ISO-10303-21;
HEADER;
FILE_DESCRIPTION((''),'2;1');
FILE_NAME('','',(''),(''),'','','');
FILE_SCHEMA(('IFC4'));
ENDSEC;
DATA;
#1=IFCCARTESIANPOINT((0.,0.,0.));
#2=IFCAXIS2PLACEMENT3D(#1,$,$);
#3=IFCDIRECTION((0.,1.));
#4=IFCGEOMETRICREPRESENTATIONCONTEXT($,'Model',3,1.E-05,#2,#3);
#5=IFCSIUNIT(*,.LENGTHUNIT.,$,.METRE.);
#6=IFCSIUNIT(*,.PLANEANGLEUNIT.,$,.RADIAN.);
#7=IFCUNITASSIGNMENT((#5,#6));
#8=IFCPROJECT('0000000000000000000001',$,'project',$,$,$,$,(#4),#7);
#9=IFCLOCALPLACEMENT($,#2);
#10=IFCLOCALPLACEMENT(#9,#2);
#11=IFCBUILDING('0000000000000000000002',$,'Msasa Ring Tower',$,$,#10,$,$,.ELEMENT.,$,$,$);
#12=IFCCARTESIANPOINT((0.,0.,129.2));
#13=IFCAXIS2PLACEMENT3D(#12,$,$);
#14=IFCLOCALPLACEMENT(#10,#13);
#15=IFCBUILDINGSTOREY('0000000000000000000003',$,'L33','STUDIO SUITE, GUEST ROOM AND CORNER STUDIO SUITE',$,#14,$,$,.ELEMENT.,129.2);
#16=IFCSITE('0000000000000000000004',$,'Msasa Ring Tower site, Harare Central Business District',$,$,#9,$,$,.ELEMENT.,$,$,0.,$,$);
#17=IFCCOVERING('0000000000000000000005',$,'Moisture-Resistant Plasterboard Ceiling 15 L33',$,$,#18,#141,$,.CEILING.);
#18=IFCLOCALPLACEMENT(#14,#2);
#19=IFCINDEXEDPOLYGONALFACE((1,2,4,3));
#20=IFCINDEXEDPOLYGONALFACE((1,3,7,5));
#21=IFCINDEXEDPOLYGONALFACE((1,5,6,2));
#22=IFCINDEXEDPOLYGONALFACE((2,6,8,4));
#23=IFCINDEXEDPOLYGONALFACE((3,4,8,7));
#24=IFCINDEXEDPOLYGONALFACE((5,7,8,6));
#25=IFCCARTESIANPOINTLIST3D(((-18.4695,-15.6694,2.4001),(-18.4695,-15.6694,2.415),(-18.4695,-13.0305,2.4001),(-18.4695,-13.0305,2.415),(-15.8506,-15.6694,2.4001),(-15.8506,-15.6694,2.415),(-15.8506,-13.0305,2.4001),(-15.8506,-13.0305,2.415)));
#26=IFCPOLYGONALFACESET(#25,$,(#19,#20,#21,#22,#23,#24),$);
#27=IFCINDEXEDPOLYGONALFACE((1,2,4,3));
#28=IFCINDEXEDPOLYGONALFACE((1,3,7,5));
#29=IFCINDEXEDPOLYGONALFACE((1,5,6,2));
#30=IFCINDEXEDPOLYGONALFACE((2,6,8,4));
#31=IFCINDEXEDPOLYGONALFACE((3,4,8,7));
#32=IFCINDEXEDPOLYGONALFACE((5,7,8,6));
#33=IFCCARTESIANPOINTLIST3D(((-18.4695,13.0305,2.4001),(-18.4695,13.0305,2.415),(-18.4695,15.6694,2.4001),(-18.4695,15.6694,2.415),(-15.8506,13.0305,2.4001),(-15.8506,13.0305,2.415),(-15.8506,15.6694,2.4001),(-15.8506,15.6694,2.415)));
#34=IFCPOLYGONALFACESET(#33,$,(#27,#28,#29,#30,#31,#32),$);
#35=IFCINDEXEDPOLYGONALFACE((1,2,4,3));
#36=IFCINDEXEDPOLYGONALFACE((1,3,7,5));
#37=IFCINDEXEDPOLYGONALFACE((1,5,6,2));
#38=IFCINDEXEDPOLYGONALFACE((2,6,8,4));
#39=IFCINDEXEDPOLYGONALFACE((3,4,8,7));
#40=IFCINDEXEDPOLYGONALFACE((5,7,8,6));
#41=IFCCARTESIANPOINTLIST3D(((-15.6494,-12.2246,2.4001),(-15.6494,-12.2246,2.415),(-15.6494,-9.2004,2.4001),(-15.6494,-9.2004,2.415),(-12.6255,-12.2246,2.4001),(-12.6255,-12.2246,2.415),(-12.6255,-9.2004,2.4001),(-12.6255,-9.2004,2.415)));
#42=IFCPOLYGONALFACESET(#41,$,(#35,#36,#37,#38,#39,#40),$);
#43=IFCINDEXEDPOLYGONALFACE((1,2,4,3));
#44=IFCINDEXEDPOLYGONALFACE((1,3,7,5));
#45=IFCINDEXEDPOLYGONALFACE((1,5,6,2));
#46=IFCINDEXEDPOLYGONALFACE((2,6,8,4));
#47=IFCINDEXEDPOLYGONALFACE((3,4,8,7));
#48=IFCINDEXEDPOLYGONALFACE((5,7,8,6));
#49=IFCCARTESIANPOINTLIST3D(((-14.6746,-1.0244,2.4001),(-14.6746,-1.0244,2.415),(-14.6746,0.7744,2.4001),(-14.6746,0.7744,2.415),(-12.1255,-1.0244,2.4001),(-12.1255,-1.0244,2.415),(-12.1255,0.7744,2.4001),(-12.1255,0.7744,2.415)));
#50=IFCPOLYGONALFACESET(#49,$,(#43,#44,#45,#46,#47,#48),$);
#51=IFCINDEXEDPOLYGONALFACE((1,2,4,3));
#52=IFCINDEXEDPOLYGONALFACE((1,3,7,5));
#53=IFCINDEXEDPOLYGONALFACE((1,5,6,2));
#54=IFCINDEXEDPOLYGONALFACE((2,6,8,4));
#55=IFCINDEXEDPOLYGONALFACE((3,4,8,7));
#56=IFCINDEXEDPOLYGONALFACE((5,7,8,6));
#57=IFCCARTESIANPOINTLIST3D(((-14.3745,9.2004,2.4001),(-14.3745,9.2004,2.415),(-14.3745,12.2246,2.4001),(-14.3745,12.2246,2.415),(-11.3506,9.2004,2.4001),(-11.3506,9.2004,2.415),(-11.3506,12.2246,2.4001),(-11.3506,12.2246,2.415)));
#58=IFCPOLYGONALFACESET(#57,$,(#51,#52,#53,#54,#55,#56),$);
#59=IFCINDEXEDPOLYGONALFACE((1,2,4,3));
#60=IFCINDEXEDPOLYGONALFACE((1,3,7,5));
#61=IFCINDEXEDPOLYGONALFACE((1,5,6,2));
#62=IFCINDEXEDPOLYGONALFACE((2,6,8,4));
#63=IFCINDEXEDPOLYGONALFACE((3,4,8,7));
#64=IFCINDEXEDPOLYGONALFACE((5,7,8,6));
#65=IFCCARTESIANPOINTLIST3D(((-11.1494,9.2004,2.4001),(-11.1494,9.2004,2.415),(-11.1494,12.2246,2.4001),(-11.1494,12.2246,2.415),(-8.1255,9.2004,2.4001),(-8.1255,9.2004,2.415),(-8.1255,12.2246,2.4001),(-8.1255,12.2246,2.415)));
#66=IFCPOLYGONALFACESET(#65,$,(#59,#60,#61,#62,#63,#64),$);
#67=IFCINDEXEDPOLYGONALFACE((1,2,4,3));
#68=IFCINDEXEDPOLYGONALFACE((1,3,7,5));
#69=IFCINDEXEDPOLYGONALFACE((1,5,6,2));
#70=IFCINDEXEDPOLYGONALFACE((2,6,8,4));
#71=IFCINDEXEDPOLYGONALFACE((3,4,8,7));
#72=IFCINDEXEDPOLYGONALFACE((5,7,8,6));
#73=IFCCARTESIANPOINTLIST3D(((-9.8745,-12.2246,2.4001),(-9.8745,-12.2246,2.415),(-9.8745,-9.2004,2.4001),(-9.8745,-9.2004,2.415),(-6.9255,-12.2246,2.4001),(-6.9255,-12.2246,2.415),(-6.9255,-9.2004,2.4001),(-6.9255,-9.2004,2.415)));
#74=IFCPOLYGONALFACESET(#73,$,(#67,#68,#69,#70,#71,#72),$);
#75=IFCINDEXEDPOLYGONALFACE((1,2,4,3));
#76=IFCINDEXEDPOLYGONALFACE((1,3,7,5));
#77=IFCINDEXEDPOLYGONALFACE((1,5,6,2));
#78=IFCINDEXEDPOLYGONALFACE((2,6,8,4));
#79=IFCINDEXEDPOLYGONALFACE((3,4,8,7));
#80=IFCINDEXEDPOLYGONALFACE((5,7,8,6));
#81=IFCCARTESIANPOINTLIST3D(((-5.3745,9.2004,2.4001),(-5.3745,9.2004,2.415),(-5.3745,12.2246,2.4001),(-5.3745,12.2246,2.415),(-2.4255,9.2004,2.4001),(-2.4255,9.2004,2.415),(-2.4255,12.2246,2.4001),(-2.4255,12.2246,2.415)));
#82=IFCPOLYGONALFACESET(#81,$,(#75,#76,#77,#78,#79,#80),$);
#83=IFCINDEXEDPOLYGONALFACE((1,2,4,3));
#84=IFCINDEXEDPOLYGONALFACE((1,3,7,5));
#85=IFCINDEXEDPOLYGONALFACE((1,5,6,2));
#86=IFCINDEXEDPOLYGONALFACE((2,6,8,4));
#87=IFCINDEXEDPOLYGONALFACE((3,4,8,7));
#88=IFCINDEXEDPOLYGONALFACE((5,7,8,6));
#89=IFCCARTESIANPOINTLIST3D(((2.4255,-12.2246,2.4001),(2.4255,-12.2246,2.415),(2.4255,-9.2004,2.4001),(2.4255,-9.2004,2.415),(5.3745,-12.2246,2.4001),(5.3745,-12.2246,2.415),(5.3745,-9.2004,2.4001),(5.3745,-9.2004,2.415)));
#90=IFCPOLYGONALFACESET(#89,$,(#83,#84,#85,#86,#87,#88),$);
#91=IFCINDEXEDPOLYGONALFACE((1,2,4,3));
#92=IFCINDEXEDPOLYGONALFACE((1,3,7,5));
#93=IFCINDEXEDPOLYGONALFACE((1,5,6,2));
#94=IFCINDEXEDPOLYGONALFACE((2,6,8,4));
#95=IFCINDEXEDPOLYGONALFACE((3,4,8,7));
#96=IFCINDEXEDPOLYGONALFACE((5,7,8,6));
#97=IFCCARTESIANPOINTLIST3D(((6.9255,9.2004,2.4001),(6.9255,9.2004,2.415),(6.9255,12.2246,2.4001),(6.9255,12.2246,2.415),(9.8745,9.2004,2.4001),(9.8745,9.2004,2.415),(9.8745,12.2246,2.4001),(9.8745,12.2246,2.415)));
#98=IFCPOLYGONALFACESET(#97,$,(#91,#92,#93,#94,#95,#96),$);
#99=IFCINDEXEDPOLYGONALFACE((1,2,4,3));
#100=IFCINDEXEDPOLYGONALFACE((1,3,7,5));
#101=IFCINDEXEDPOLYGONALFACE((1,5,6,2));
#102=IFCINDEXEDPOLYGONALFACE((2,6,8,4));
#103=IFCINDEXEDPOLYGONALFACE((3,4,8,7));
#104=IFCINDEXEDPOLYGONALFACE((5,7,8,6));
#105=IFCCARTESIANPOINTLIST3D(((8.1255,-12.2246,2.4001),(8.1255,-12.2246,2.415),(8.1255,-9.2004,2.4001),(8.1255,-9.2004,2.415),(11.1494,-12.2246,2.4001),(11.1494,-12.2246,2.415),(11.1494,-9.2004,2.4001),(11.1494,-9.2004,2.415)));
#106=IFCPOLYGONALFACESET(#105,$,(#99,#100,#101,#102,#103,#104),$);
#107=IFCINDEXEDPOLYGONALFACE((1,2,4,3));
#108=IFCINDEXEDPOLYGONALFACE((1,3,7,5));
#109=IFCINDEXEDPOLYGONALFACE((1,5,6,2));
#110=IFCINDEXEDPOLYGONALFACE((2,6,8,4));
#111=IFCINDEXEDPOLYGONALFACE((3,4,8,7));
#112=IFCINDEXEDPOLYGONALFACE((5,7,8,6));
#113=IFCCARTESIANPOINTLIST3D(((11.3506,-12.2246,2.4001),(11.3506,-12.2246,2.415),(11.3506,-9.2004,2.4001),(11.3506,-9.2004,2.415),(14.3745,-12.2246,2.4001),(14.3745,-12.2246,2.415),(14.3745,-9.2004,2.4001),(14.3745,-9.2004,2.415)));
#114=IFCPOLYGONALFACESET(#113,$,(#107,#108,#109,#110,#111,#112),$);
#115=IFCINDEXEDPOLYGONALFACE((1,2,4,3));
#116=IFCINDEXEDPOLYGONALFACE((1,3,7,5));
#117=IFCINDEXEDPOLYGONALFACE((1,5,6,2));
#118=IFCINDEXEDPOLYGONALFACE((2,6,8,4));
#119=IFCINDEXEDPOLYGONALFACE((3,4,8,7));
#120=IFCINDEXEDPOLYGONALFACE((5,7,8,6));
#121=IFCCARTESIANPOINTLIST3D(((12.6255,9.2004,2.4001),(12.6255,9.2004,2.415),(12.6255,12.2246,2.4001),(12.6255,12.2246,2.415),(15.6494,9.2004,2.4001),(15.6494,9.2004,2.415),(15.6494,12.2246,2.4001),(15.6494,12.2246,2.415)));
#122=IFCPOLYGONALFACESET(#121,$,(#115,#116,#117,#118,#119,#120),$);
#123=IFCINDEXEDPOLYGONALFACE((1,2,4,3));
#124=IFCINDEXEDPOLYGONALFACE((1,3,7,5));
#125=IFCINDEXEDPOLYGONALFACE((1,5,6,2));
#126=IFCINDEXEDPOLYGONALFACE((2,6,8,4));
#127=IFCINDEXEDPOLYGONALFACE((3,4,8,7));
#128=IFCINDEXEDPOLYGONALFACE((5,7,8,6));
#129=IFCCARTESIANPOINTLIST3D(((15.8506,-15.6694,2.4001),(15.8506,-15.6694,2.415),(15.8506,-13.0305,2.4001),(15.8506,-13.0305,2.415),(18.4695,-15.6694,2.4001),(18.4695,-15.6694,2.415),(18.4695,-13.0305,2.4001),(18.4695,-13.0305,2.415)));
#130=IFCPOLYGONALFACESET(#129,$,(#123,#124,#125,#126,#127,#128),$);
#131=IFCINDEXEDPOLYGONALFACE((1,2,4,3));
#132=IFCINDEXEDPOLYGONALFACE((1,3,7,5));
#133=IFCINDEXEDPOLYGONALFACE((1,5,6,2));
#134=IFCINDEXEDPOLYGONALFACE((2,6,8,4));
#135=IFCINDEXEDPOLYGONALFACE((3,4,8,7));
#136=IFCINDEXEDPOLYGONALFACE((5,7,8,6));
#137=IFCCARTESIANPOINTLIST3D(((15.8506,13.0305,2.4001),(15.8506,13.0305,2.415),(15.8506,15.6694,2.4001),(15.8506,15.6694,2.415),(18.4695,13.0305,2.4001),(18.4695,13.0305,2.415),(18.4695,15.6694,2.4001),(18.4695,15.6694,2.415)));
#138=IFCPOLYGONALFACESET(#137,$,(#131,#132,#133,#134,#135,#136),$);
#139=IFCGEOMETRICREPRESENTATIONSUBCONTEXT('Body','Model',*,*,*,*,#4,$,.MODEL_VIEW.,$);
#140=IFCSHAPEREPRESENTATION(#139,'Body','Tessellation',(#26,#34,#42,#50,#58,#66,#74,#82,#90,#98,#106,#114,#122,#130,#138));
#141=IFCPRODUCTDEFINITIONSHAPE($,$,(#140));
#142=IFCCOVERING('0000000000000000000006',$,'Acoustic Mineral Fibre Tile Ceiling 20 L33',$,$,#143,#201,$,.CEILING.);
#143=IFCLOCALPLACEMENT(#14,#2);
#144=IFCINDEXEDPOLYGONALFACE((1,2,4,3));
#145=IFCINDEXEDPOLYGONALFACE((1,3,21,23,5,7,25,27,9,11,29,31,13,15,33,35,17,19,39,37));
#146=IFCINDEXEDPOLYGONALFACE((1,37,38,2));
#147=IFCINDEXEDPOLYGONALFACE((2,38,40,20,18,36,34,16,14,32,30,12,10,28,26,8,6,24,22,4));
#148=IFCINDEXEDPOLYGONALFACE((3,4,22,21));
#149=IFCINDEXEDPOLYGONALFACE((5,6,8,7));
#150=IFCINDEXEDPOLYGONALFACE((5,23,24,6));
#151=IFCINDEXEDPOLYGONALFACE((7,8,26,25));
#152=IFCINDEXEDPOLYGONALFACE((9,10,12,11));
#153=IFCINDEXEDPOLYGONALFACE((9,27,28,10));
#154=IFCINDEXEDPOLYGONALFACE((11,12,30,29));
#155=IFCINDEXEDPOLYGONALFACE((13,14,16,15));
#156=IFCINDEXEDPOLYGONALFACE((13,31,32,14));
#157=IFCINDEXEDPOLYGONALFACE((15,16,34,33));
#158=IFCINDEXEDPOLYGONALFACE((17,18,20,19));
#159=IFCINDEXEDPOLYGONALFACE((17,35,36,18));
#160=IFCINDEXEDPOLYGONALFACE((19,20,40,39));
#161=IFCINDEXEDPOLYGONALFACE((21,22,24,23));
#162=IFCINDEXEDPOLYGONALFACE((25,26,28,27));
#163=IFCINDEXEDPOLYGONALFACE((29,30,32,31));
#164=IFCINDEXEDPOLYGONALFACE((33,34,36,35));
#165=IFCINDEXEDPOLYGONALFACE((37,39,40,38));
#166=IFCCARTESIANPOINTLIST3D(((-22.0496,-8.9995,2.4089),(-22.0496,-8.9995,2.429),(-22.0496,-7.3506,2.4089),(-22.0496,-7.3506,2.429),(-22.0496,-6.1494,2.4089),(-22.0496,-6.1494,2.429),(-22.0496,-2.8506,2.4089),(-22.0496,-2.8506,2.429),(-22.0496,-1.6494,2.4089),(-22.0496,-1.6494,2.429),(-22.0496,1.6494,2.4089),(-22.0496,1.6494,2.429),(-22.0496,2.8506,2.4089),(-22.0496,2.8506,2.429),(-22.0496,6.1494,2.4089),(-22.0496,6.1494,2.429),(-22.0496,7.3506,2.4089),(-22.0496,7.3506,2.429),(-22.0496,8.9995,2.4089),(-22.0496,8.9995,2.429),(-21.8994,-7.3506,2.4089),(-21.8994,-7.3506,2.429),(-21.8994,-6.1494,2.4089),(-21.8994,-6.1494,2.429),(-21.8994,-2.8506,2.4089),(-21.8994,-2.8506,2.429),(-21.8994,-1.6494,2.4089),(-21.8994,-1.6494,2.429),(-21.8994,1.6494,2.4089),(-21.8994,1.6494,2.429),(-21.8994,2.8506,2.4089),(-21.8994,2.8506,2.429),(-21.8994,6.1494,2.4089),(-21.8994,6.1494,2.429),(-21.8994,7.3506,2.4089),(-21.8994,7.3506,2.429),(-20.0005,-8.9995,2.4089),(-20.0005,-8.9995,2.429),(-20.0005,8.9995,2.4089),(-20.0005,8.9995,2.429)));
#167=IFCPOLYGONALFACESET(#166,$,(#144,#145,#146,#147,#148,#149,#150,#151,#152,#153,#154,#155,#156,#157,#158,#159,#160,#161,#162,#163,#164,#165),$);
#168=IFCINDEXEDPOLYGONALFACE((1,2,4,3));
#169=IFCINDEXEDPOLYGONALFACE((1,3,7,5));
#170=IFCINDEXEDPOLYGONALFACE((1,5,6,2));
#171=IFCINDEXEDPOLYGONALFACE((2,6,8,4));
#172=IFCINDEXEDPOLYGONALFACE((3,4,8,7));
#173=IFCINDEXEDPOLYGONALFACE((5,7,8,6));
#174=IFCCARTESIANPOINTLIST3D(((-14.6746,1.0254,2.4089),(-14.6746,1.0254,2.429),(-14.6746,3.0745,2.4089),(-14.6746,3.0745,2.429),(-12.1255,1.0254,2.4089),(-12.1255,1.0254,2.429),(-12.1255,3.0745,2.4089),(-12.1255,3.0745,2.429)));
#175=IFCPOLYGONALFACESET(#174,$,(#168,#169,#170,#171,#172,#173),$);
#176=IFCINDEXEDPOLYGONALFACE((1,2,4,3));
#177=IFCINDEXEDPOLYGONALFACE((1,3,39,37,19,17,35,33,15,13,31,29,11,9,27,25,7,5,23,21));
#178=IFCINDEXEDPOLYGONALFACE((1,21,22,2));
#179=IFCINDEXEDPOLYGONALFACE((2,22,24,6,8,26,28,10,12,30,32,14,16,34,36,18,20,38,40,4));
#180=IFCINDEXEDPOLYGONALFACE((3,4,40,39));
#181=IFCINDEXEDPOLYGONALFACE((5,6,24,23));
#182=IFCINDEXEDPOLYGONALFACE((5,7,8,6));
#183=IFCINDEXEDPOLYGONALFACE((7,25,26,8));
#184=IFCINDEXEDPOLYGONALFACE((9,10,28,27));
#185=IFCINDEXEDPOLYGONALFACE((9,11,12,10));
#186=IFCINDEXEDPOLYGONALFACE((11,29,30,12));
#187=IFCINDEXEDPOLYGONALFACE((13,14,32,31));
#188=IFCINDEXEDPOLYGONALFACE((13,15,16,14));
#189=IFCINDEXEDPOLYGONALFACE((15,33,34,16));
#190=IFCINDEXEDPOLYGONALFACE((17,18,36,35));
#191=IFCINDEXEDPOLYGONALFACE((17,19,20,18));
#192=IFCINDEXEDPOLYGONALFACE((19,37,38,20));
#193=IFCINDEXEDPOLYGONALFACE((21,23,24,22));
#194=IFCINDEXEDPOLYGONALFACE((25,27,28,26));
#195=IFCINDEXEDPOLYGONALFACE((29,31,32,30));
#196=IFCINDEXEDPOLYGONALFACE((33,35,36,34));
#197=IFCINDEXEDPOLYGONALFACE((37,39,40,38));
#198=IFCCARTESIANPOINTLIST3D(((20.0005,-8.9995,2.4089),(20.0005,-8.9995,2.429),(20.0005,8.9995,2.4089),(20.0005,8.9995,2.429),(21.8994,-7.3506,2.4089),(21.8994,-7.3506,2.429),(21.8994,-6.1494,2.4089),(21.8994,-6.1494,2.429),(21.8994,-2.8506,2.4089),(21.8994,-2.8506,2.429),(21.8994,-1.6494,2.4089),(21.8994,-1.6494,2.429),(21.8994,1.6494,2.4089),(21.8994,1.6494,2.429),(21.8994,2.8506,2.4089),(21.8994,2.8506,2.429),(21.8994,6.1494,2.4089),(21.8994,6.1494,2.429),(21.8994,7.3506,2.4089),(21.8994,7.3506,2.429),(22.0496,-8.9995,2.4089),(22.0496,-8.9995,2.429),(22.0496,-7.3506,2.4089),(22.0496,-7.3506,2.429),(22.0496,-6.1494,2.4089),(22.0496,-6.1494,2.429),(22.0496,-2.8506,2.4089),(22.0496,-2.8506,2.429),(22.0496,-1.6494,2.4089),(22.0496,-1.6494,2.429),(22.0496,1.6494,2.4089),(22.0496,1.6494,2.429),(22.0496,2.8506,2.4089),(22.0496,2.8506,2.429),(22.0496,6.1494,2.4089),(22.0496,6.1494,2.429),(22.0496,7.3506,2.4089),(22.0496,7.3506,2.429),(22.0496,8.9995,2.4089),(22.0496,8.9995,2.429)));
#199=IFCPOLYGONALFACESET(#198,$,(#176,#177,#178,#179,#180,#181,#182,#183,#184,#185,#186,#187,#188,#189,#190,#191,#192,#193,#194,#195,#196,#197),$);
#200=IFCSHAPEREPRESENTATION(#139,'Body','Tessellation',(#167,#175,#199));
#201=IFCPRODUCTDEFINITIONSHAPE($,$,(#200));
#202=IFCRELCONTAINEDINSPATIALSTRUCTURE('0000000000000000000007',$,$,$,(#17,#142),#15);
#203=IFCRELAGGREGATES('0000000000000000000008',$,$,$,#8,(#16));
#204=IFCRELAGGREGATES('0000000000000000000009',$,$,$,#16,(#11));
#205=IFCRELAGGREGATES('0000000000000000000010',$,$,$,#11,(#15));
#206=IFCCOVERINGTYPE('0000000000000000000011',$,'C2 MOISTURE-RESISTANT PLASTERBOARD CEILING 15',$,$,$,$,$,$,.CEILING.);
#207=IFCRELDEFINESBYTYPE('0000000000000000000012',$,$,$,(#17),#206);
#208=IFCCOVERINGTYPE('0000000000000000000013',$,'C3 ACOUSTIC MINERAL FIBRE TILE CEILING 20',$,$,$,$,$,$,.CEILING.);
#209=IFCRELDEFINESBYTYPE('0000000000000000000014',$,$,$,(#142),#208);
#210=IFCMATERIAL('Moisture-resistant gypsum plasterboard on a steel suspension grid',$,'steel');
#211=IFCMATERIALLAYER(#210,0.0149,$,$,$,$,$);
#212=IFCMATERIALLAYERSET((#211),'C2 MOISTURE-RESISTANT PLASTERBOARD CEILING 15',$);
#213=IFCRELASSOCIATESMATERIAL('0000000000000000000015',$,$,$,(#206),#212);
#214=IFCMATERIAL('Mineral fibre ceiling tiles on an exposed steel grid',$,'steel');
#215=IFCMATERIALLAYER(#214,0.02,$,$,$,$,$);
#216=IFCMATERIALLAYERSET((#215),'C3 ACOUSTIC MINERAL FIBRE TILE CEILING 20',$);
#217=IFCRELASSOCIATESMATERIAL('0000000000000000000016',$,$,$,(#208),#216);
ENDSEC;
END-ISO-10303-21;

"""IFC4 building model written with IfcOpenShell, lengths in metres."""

from ifc_helpers import new_model, si_unit, direction, frame, origin, place, context, subcontext, project, spatial, line, indexed_curve, outline, extrude, material, layer, layer_set, type_object, element, save


model = new_model("IFC4")

# Units and contexts
model_context = context("Model", 3, precision=1e-05, world=origin(), true_north=direction((0.0, 1.0)))
body_context = subcontext(model_context, "Body", "Model", "MODEL_VIEW")
ifc_project = project(units=[si_unit("LENGTHUNIT", "METRE"), si_unit("PLANEANGLEUNIT", "RADIAN")], contexts=[model_context])

# Site, building, storey
site_placement = place(None, origin())
site = spatial("IfcSite", under=ifc_project, at=site_placement, Name="Msasa Ring Tower site, Harare Central Business District", CompositionType="ELEMENT", RefElevation=0.0)
building_placement = place(site_placement, origin())
building = spatial("IfcBuilding", under=site, at=building_placement, Name="Msasa Ring Tower", CompositionType="ELEMENT")
storey_placement = place(building_placement, frame((0.0, 0.0, 129.2)))
storey = spatial("IfcBuildingStorey", under=building, at=storey_placement, Name="L33", Description="STUDIO SUITE, GUEST ROOM AND CORNER STUDIO SUITE", CompositionType="ELEMENT", Elevation=129.2)

# Coverings
ifc_material_1 = material(Name="Moisture-resistant gypsum plasterboard on a steel suspension grid", Category="steel")
ifc_layer_1 = layer(ifc_material_1, 0.0149)
ifc_layer_set_1 = layer_set([ifc_layer_1], Name="C2 MOISTURE-RESISTANT PLASTERBOARD CEILING 15")
covering_type_1 = type_object("IfcCoveringType", Name="C2 MOISTURE-RESISTANT PLASTERBOARD CEILING 15", PredefinedType="CEILING", material=ifc_layer_set_1)
covering_1_placement = place(storey_placement, frame((0.0, 0.0, 2.4001)))
element("IfcCovering", 1, at=covering_1_placement, inside=storey, type_object=covering_type_1, Name="Moisture-Resistant Plasterboard Ceiling 15 L33", PredefinedType="CEILING", context=body_context, shape_type="SweptSolid", body=[
    extrude(outline(indexed_curve([(-18.4695, -15.6694), (-18.4695, -13.0305), (-15.8506, -13.0305), (-15.8506, -15.6694)], segments=[line(1, 2, 3, 4, 1)], self_intersect=False)), origin(), (0.0, 0.0, 1.0), 0.0149),
    extrude(outline(indexed_curve([(-18.4695, 15.6694), (-15.8506, 15.6694), (-15.8506, 13.0305), (-18.4695, 13.0305)], segments=[line(1, 2, 3, 4, 1)], self_intersect=False)), origin(), (0.0, 0.0, 1.0), 0.0149),
    extrude(outline(indexed_curve([(-15.6494, -9.2004), (-12.6255, -9.2004), (-12.6255, -12.2246), (-15.6494, -12.2246)], segments=[line(1, 2, 3, 4, 1)], self_intersect=False)), origin(), (0.0, 0.0, 1.0), 0.0149),
    extrude(outline(indexed_curve([(-14.6746, 0.7744), (-12.1255, 0.7744), (-12.1255, -1.0244), (-14.6746, -1.0244)], segments=[line(1, 2, 3, 4, 1)], self_intersect=False)), origin(), (0.0, 0.0, 1.0), 0.0149),
    extrude(outline(indexed_curve([(-11.3506, 9.2004), (-14.3745, 9.2004), (-14.3745, 12.2246), (-11.3506, 12.2246)], segments=[line(1, 2, 3, 4, 1)], self_intersect=False)), origin(), (0.0, 0.0, 1.0), 0.0149),
    extrude(outline(indexed_curve([(-11.1494, 12.2246), (-8.1255, 12.2246), (-8.1255, 9.2004), (-11.1494, 9.2004)], segments=[line(1, 2, 3, 4, 1)], self_intersect=False)), origin(), (0.0, 0.0, 1.0), 0.0149),
    extrude(outline(indexed_curve([(-6.9255, -9.2004), (-6.9255, -12.2246), (-9.8745, -12.2246), (-9.8745, -9.2004)], segments=[line(1, 2, 3, 4, 1)], self_intersect=False)), origin(), (0.0, 0.0, 1.0), 0.0149),
    extrude(outline(indexed_curve([(-5.3745, 9.2004), (-5.3745, 12.2246), (-2.4255, 12.2246), (-2.4255, 9.2004)], segments=[line(1, 2, 3, 4, 1)], self_intersect=False)), origin(), (0.0, 0.0, 1.0), 0.0149),
    extrude(outline(indexed_curve([(5.3745, -9.2004), (5.3745, -12.2246), (2.4255, -12.2246), (2.4255, -9.2004)], segments=[line(1, 2, 3, 4, 1)], self_intersect=False)), origin(), (0.0, 0.0, 1.0), 0.0149),
    extrude(outline(indexed_curve([(6.9255, 9.2004), (6.9255, 12.2246), (9.8745, 12.2246), (9.8745, 9.2004)], segments=[line(1, 2, 3, 4, 1)], self_intersect=False)), origin(), (0.0, 0.0, 1.0), 0.0149),
    extrude(outline(indexed_curve([(11.1494, -9.2004), (11.1494, -12.2246), (8.1255, -12.2246), (8.1255, -9.2004)], segments=[line(1, 2, 3, 4, 1)], self_intersect=False)), origin(), (0.0, 0.0, 1.0), 0.0149),
    extrude(outline(indexed_curve([(11.3506, -9.2004), (14.3745, -9.2004), (14.3745, -12.2246), (11.3506, -12.2246)], segments=[line(1, 2, 3, 4, 1)], self_intersect=False)), origin(), (0.0, 0.0, 1.0), 0.0149),
    extrude(outline(indexed_curve([(15.6494, 9.2004), (12.6255, 9.2004), (12.6255, 12.2246), (15.6494, 12.2246)], segments=[line(1, 2, 3, 4, 1)], self_intersect=False)), origin(), (0.0, 0.0, 1.0), 0.0149),
    extrude(outline(indexed_curve([(15.8506, -13.0305), (18.4695, -13.0305), (18.4695, -15.6694), (15.8506, -15.6694)], segments=[line(1, 2, 3, 4, 1)], self_intersect=False)), origin(), (0.0, 0.0, 1.0), 0.0149),
    extrude(outline(indexed_curve([(15.8506, 15.6694), (18.4695, 15.6694), (18.4695, 13.0305), (15.8506, 13.0305)], segments=[line(1, 2, 3, 4, 1)], self_intersect=False)), origin(), (0.0, 0.0, 1.0), 0.0149),
])
ifc_material_2 = material(Name="Mineral fibre ceiling tiles on an exposed steel grid", Category="steel")
ifc_layer_2 = layer(ifc_material_2, 0.02)
ifc_layer_set_2 = layer_set([ifc_layer_2], Name="C3 ACOUSTIC MINERAL FIBRE TILE CEILING 20")
covering_type_2 = type_object("IfcCoveringType", Name="C3 ACOUSTIC MINERAL FIBRE TILE CEILING 20", PredefinedType="CEILING", material=ifc_layer_set_2)
covering_2_placement = place(storey_placement, frame((0.0, 0.0, 2.4089)))
element("IfcCovering", 2, at=covering_2_placement, inside=storey, type_object=covering_type_2, Name="Acoustic Mineral Fibre Tile Ceiling 20 L33", PredefinedType="CEILING", context=body_context, shape_type="SweptSolid", body=[
    extrude(outline(indexed_curve([(-22.0496, -8.9995), (-22.0496, -7.3506), (-21.8994, -7.3506), (-21.8994, -6.1494), (-22.0496, -6.1494), (-22.0496, -2.8506), (-21.8994, -2.8506), (-21.8994, -1.6494), (-22.0496, -1.6494), (-22.0496, 1.6494), (-21.8994, 1.6494), (-21.8994, 2.8506), (-22.0496, 2.8506), (-22.0496, 6.1494), (-21.8994, 6.1494), (-21.8994, 7.3506), (-22.0496, 7.3506), (-22.0496, 8.9995), (-20.0005, 8.9995), (-20.0005, -8.9995)], segments=[line(1, 2, 3, 4, 5, 6, 7, 8, 9, 10, 11, 12, 13, 14, 15, 16, 17, 18, 19, 20, 1)], self_intersect=False)), origin(), (0.0, 0.0, 1.0), 0.02),
    extrude(outline(indexed_curve([(-12.1255, 1.0254), (-14.6746, 1.0254), (-14.6746, 3.0745), (-12.1255, 3.0745)], segments=[line(1, 2, 3, 4, 1)], self_intersect=False)), origin(), (0.0, 0.0, 1.0), 0.02),
    extrude(outline(indexed_curve([(22.0496, 8.9995), (22.0496, 7.3506), (21.8994, 7.3506), (21.8994, 6.1494), (22.0496, 6.1494), (22.0496, 2.8506), (21.8994, 2.8506), (21.8994, 1.6494), (22.0496, 1.6494), (22.0496, -1.6494), (21.8994, -1.6494), (21.8994, -2.8506), (22.0496, -2.8506), (22.0496, -6.1494), (21.8994, -6.1494), (21.8994, -7.3506), (22.0496, -7.3506), (22.0496, -8.9995), (20.0005, -8.9995), (20.0005, 8.9995)], segments=[line(1, 2, 3, 4, 5, 6, 7, 8, 9, 10, 11, 12, 13, 14, 15, 16, 17, 18, 19, 20, 1)], self_intersect=False)), origin(), (0.0, 0.0, 1.0), 0.02),
])

save(model, "model.ifc")
